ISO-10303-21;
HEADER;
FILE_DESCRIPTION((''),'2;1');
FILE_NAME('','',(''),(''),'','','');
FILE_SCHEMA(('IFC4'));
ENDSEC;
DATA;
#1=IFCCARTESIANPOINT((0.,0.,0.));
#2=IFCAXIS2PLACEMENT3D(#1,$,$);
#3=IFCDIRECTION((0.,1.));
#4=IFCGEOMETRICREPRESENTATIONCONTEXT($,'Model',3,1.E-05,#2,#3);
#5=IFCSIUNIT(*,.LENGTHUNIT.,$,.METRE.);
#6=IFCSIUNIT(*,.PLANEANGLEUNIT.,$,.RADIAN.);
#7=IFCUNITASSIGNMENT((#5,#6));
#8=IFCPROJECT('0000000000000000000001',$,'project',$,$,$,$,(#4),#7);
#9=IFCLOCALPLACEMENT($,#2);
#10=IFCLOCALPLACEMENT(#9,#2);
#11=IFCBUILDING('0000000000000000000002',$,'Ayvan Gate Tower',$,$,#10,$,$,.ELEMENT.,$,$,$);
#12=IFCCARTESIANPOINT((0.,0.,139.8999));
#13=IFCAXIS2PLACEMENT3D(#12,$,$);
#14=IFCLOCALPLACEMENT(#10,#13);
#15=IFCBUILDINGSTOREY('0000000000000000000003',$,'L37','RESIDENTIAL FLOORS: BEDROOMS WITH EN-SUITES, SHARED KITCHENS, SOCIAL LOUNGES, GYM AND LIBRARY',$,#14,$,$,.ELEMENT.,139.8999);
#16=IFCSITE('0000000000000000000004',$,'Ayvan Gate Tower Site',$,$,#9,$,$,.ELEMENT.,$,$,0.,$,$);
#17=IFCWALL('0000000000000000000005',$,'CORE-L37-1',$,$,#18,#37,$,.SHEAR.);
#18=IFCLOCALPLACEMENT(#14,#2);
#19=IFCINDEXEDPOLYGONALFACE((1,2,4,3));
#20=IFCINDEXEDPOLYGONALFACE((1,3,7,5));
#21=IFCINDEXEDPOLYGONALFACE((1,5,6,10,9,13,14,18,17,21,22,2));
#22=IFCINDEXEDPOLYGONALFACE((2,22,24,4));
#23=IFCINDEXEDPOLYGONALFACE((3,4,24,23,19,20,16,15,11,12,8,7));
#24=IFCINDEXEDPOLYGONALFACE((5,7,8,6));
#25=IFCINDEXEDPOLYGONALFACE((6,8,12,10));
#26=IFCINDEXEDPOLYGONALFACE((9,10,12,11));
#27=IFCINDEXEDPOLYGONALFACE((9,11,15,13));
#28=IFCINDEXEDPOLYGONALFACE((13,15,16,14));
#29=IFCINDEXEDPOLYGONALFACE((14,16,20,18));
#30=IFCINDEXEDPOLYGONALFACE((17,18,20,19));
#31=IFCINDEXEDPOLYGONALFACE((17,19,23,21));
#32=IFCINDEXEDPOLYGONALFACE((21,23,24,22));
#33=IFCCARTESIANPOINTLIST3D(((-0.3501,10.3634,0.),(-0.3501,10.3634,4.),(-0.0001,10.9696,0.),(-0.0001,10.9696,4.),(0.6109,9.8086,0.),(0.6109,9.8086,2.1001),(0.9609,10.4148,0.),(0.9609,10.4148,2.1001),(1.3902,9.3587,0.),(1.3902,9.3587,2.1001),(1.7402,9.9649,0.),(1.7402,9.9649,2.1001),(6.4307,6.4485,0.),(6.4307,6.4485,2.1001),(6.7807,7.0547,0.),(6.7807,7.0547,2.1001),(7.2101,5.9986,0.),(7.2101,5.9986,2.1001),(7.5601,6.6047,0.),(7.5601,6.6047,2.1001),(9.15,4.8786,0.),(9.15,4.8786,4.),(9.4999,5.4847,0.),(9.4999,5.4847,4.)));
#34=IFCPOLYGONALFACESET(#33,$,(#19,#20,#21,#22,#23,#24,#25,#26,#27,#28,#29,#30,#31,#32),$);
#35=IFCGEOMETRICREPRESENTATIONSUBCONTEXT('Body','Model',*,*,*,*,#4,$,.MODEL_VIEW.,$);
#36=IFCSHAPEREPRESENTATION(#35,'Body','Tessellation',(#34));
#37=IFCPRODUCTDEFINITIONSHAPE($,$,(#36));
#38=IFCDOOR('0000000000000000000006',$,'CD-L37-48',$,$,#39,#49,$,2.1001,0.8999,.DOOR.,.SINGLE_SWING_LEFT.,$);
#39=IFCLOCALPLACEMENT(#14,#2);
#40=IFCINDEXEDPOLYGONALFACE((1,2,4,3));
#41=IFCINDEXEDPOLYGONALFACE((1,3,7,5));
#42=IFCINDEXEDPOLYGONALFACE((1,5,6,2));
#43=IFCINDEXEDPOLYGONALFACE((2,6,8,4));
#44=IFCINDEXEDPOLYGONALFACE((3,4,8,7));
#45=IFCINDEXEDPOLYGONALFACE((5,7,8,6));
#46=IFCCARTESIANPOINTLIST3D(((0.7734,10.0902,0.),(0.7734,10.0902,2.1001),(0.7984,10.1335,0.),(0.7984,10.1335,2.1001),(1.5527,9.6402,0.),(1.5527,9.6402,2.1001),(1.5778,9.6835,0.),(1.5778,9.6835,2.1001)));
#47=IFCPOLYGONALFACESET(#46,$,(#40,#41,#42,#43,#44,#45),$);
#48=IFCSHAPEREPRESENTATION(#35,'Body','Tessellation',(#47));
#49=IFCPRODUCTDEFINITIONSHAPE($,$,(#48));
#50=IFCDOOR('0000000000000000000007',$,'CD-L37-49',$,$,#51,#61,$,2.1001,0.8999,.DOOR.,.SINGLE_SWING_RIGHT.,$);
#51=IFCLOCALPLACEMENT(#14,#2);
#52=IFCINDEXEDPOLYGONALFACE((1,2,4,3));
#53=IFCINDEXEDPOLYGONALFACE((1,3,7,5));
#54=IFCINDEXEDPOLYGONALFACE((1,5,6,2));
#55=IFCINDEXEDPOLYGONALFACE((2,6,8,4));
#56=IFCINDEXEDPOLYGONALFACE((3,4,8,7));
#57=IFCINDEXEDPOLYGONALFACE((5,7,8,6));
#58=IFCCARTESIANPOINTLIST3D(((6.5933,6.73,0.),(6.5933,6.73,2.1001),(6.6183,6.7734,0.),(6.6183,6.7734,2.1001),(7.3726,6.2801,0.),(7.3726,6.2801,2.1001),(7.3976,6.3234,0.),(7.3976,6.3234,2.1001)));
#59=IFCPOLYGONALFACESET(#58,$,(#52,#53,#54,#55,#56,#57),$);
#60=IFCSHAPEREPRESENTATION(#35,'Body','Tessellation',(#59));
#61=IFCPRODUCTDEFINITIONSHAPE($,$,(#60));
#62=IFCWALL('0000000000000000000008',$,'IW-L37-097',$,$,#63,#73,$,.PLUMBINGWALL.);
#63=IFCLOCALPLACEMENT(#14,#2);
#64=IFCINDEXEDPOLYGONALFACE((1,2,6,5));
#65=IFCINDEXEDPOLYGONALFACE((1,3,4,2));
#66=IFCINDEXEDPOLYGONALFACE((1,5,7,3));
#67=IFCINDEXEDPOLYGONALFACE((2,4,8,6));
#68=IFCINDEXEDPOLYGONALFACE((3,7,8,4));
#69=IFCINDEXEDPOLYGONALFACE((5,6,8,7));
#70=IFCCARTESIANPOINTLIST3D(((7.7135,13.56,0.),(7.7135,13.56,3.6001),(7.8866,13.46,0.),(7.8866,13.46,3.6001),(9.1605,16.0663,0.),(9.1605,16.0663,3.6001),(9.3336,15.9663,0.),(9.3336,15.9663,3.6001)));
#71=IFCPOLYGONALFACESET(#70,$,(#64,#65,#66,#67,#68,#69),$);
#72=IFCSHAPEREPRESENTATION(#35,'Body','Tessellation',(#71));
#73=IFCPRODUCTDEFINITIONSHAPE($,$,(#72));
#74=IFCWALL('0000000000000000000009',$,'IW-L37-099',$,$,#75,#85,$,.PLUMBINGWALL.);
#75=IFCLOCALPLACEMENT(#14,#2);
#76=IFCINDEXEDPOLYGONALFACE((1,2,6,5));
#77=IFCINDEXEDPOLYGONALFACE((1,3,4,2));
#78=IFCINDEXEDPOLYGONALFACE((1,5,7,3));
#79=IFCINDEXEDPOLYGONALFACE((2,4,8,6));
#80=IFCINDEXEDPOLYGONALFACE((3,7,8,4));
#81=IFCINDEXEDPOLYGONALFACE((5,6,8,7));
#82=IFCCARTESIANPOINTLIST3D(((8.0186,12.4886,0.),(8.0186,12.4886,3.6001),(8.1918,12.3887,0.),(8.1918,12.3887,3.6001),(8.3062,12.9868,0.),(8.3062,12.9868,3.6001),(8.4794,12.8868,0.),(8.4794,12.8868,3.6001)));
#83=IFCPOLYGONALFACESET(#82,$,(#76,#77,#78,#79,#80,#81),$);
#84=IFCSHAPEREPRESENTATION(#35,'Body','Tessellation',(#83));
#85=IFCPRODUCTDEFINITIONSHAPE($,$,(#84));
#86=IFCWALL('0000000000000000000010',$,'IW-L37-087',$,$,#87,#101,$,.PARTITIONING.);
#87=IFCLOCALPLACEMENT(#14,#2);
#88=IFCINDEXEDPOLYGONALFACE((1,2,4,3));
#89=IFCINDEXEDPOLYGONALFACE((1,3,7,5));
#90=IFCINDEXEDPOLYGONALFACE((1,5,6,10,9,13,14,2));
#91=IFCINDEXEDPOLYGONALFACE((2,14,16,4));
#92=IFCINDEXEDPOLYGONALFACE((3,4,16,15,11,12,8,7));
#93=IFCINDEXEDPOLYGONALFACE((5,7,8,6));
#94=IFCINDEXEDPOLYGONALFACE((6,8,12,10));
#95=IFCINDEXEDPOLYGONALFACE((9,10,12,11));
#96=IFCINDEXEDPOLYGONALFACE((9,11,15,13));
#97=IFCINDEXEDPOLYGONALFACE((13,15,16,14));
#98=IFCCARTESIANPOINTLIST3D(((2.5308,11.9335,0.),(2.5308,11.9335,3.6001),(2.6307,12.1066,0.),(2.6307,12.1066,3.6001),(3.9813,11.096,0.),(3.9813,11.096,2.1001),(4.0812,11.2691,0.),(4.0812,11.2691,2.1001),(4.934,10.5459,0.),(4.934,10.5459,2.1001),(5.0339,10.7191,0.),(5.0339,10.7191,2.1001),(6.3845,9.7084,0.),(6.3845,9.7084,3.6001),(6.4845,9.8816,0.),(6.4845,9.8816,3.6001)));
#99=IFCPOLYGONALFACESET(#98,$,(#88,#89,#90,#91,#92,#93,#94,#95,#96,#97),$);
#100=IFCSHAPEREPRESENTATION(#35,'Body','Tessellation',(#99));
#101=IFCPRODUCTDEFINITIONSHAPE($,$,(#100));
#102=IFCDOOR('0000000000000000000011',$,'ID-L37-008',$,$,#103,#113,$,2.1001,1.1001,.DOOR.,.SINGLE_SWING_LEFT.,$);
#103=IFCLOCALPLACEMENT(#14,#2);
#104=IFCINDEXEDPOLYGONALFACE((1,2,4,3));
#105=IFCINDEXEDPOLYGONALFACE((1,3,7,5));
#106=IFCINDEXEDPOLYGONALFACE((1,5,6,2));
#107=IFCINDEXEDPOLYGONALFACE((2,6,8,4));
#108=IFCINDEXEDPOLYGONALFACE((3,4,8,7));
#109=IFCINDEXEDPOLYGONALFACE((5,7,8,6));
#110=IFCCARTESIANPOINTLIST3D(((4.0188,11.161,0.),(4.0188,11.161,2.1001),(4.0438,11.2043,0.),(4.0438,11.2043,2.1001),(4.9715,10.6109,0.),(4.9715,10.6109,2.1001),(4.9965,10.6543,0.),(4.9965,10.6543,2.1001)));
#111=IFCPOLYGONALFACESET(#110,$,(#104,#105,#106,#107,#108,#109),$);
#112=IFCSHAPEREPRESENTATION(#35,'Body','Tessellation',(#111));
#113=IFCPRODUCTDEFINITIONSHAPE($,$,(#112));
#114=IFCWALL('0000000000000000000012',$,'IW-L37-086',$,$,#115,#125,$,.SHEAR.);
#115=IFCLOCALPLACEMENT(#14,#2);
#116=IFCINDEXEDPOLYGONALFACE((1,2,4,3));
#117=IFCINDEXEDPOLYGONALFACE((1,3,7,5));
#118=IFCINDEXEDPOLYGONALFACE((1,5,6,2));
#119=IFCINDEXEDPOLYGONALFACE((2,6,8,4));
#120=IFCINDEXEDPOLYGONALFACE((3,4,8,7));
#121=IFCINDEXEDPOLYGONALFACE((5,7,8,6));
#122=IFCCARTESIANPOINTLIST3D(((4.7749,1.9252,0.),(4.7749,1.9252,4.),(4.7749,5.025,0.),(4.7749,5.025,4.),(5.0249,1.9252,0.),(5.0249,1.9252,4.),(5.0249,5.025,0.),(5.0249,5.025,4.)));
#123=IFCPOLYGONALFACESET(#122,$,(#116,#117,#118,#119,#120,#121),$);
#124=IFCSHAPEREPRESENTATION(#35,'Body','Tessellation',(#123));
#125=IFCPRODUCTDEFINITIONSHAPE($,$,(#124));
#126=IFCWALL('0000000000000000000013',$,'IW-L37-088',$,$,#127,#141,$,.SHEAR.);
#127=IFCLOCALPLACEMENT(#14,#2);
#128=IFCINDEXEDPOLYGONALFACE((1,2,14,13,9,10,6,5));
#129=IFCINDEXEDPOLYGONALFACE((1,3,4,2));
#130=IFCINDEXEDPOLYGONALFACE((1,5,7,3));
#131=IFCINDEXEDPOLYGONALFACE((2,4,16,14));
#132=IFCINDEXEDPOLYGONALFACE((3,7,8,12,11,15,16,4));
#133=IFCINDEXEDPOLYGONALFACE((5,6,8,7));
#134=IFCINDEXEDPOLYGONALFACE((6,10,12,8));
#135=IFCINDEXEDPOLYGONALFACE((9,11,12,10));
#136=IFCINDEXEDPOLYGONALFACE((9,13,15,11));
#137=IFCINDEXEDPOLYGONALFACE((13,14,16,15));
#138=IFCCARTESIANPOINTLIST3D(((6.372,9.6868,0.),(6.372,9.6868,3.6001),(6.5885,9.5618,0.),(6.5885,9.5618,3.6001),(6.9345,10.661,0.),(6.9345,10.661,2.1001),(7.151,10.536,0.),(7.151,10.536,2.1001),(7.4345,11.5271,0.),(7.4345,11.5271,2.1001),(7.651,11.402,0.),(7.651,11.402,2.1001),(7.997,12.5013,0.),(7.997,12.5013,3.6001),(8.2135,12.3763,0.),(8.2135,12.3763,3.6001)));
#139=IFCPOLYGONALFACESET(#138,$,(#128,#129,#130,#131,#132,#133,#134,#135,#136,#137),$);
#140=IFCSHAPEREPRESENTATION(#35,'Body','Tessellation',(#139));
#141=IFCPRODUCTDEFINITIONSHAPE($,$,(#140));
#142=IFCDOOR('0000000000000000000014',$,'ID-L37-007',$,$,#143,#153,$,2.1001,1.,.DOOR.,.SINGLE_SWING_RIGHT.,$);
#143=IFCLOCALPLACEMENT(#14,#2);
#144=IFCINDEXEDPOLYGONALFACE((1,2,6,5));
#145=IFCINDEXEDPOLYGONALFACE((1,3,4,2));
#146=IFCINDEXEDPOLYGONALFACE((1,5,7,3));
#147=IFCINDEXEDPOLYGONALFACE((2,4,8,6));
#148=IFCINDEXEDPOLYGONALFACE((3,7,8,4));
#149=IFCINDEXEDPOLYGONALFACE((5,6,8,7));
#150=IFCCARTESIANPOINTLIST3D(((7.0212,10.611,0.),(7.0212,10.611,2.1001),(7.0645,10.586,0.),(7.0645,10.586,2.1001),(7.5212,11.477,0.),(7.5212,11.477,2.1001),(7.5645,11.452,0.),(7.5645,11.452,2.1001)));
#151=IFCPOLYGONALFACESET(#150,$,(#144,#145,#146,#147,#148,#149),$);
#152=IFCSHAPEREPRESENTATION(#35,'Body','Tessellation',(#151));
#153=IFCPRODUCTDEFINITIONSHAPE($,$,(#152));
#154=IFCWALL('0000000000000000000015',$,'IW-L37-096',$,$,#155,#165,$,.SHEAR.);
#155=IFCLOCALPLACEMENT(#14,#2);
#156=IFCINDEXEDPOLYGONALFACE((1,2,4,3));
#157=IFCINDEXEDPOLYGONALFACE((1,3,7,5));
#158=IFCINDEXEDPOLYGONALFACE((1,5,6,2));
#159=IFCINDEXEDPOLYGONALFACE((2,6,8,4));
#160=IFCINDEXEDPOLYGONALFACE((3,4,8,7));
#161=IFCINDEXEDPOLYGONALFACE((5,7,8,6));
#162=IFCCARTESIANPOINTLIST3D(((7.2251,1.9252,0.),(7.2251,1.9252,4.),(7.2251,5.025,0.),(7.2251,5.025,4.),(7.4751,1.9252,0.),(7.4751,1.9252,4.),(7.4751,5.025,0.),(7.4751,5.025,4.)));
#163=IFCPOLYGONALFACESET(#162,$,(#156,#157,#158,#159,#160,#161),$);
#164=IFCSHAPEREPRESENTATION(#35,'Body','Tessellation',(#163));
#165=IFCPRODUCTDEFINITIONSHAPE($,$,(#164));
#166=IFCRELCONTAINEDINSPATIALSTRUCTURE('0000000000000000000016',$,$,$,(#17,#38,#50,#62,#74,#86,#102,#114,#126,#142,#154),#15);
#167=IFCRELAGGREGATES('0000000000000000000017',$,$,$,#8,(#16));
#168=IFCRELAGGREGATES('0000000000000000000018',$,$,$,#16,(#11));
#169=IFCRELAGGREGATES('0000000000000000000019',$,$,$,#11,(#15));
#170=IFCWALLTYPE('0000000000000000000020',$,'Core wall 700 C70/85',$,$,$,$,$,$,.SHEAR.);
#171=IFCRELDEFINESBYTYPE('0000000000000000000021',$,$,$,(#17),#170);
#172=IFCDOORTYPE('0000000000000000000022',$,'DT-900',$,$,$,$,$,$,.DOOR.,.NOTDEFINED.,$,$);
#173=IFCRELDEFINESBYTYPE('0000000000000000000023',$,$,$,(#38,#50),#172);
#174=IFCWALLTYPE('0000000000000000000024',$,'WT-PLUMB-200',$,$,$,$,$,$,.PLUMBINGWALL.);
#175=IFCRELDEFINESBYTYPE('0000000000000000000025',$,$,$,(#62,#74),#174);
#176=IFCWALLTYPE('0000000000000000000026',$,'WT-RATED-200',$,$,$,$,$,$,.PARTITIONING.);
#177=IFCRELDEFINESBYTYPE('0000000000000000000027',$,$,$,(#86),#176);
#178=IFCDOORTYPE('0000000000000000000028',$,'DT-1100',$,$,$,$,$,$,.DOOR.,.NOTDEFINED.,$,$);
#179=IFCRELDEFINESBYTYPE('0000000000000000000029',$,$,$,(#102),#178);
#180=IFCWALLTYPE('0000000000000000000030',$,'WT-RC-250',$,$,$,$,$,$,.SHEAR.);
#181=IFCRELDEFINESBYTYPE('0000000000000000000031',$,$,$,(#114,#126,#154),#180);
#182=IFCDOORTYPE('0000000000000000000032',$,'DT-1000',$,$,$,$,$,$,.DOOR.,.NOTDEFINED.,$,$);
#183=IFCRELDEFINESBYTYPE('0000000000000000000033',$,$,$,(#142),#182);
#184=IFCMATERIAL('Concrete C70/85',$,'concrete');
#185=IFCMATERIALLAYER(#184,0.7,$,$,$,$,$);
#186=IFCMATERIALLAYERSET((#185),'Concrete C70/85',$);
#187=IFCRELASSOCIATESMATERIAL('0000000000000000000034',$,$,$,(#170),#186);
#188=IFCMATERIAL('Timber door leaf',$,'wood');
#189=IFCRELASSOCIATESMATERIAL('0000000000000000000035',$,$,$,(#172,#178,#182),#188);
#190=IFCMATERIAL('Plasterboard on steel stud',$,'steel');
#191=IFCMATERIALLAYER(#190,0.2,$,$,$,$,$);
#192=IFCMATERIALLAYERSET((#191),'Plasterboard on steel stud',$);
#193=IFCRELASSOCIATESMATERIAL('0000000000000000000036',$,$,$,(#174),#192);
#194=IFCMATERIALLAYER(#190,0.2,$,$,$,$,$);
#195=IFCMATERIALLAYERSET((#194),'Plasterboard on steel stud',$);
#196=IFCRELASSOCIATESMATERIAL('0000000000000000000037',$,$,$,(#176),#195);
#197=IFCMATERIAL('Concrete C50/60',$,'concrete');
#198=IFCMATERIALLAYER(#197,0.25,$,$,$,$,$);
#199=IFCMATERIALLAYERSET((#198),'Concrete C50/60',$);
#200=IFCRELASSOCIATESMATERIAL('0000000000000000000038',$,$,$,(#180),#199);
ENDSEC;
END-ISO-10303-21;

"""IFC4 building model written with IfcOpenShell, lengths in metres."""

from ifc_helpers import new_model, si_unit, direction, frame, frame_2d, origin, place, context, subcontext, project, spatial, rectangle, extrude, material, layer, layer_set, type_object, element, fill, save


model = new_model("IFC4")

# Units and contexts
model_context = context("Model", 3, precision=1e-05, world=origin(), true_north=direction((0.0, 1.0)))
body_context = subcontext(model_context, "Body", "Model", "MODEL_VIEW")
ifc_project = project(units=[si_unit("LENGTHUNIT", "METRE"), si_unit("PLANEANGLEUNIT", "RADIAN")], contexts=[model_context])

# Site, building, storey
site_placement = place(None, origin())
site = spatial("IfcSite", under=ifc_project, at=site_placement, Name="Ayvan Gate Tower Site", CompositionType="ELEMENT", RefElevation=0.0)
building_placement = place(site_placement, origin())
building = spatial("IfcBuilding", under=site, at=building_placement, Name="Ayvan Gate Tower", CompositionType="ELEMENT")
storey_placement = place(building_placement, frame((0.0, 0.0, 139.8999)))
storey = spatial("IfcBuildingStorey", under=building, at=storey_placement, Name="L37", Description="RESIDENTIAL FLOORS: BEDROOMS WITH EN-SUITES, SHARED KITCHENS, SOCIAL LOUNGES, GYM AND LIBRARY", CompositionType="ELEMENT", Elevation=139.8999)

# Wall, openings, doors
ifc_material_1 = material(Name="Concrete C70/85", Category="concrete")
ifc_layer_1 = layer(ifc_material_1, 0.7)
ifc_layer_set_1 = layer_set([ifc_layer_1], Name="Concrete C70/85")
wall_type_1 = type_object("IfcWallType", Name="Core wall 700 C70/85", PredefinedType="SHEAR", material=ifc_layer_set_1)
wall_1_placement = place(storey_placement, frame((9.325, 5.1816, 0.0), z_axis=(0.0, 0.0, 1.0), x_axis=(-0.866024, 0.500002, 0.0)))
wall_1 = element("IfcWall", 1, at=wall_1_placement, inside=storey, type_object=wall_type_1, Name="CORE-L37-1", PredefinedType="SHEAR", context=body_context, shape_type="SweptSolid", body=[
    extrude(rectangle(XDim=10.9697, YDim=0.7, at=frame_2d((5.4849, 0.0))), origin(), (0.0, 0.0, 1.0), 4.0),
])
opening_1_placement = place(wall_1_placement, frame((8.9602, 0.0, 0.0)))
opening_1 = element("IfcOpeningElement", 2, at=opening_1_placement, cuts=wall_1, PredefinedType="OPENING", context=body_context, shape_type="SweptSolid", body=[
    extrude(rectangle(XDim=0.8999, YDim=2.1001, at=frame_2d((0.45, 1.05))), frame((0.0, 0.3599, 0.0), z_axis=(0.0, -1.0, 0.0), x_axis=(1.0, 0.0, 0.0)), (0.0, 0.0, 1.0), 0.72),
])
opening_2_placement = place(wall_1_placement, frame((2.24, 0.0, 0.0)))
opening_2 = element("IfcOpeningElement", 3, at=opening_2_placement, cuts=wall_1, PredefinedType="OPENING", context=body_context, shape_type="SweptSolid", body=[
    extrude(rectangle(XDim=0.8999, YDim=2.1001, at=frame_2d((0.45, 1.05))), frame((0.0, 0.3599, 0.0), z_axis=(0.0, -1.0, 0.0), x_axis=(1.0, 0.0, 0.0)), (0.0, 0.0, 1.0), 0.72),
])
ifc_material_2 = material(Name="Timber door leaf", Category="wood")
door_type_1 = type_object("IfcDoorType", Name="DT-900", OperationType="NOTDEFINED", PredefinedType="DOOR", material=ifc_material_2)
door_1_placement = place(opening_1_placement, origin())
door_1 = element("IfcDoor", 4, at=door_1_placement, inside=storey, type_object=door_type_1, Name="CD-L37-48", OperationType="SINGLE_SWING_LEFT", OverallHeight=2.1001, OverallWidth=0.8999, PredefinedType="DOOR", context=body_context, shape_type="SweptSolid", body=[
    extrude(rectangle(XDim=0.8999, YDim=2.1001, at=frame_2d((0.45, 1.05))), frame((0.0, 0.0249, 0.0), z_axis=(0.0, -1.0, 0.0), x_axis=(1.0, 0.0, 0.0)), (0.0, 0.0, 1.0), 0.05),
])
fill(opening_1, door_1)
door_2_placement = place(opening_2_placement, origin())
door_2 = element("IfcDoor", 5, at=door_2_placement, inside=storey, type_object=door_type_1, Name="CD-L37-49", OperationType="SINGLE_SWING_RIGHT", OverallHeight=2.1001, OverallWidth=0.8999, PredefinedType="DOOR", context=body_context, shape_type="SweptSolid", body=[
    extrude(rectangle(XDim=0.8999, YDim=2.1001, at=frame_2d((0.45, 1.05))), frame((0.0, 0.0249, 0.0), z_axis=(0.0, -1.0, 0.0), x_axis=(1.0, 0.0, 0.0)), (0.0, 0.0, 1.0), 0.05),
])
fill(opening_2, door_2)

# Walls
ifc_material_3 = material(Name="Plasterboard on steel stud", Category="steel")
ifc_layer_2 = layer(ifc_material_3, 0.2)
ifc_layer_set_2 = layer_set([ifc_layer_2], Name="Plasterboard on steel stud")
wall_type_2 = type_object("IfcWallType", Name="WT-PLUMB-200", PredefinedType="PLUMBINGWALL", material=ifc_layer_set_2)
wall_2_placement = place(storey_placement, frame((7.8, 13.51, 0.0), z_axis=(0.0, 0.0, 1.0), x_axis=(0.499995, 0.866028, 0.0)))
element("IfcWall", 6, at=wall_2_placement, inside=storey, type_object=wall_type_2, Name="IW-L37-097", PredefinedType="PLUMBINGWALL", context=body_context, shape_type="SweptSolid", body=[
    extrude(rectangle(XDim=2.894, YDim=0.2, at=frame_2d((1.447, 0.0))), origin(), (0.0, 0.0, 1.0), 3.6001),
])
wall_3_placement = place(storey_placement, frame((8.3928, 12.9368, 0.0), z_axis=(0.0, 0.0, 1.0), x_axis=(-0.500065, -0.865988, 0.0)))
element("IfcWall", 7, at=wall_3_placement, inside=storey, type_object=wall_type_2, Name="IW-L37-099", PredefinedType="PLUMBINGWALL", context=body_context, shape_type="SweptSolid", body=[
    extrude(rectangle(XDim=0.5752, YDim=0.2, at=frame_2d((0.2876, 0.0))), origin(), (0.0, 0.0, 1.0), 3.6001),
])

# Wall, opening, door
ifc_layer_3 = layer(ifc_material_3, 0.2)
ifc_layer_set_3 = layer_set([ifc_layer_3], Name="Plasterboard on steel stud")
wall_type_3 = type_object("IfcWallType", Name="WT-RATED-200", PredefinedType="PARTITIONING", material=ifc_layer_set_3)
wall_4_placement = place(storey_placement, frame((6.4346, 9.7949, 0.0), z_axis=(0.0, 0.0, 1.0), x_axis=(-0.866013, 0.500022, 0.0)))
wall_4 = element("IfcWall", 8, at=wall_4_placement, inside=storey, type_object=wall_type_3, Name="IW-L37-087", PredefinedType="PARTITIONING", context=body_context, shape_type="SweptSolid", body=[
    extrude(rectangle(XDim=4.45, YDim=0.2, at=frame_2d((2.2251, 0.0))), origin(), (0.0, 0.0, 1.0), 3.6001),
])
opening_3_placement = place(wall_4_placement, frame((1.675, 0.0, 0.0)))
opening_3 = element("IfcOpeningElement", 9, at=opening_3_placement, cuts=wall_4, PredefinedType="OPENING", context=body_context, shape_type="SweptSolid", body=[
    extrude(rectangle(XDim=1.1001, YDim=2.1001, at=frame_2d((0.55, 1.05))), frame((0.0, 0.1099, 0.0), z_axis=(0.0, -1.0, 0.0), x_axis=(1.0, 0.0, 0.0)), (0.0, 0.0, 1.0), 0.22),
])
door_type_2 = type_object("IfcDoorType", Name="DT-1100", OperationType="NOTDEFINED", PredefinedType="DOOR", material=ifc_material_2)
door_3_placement = place(opening_3_placement, origin())
door_3 = element("IfcDoor", 10, at=door_3_placement, inside=storey, type_object=door_type_2, Name="ID-L37-008", OperationType="SINGLE_SWING_LEFT", OverallHeight=2.1001, OverallWidth=1.1001, PredefinedType="DOOR", context=body_context, shape_type="SweptSolid", body=[
    extrude(rectangle(XDim=1.1001, YDim=2.1001, at=frame_2d((0.55, 1.05))), frame((0.0, 0.0249, 0.0), z_axis=(0.0, -1.0, 0.0), x_axis=(1.0, 0.0, 0.0)), (0.0, 0.0, 1.0), 0.05),
])
fill(opening_3, door_3)

# Wall
ifc_material_4 = material(Name="Concrete C50/60", Category="concrete")
ifc_layer_4 = layer(ifc_material_4, 0.25)
ifc_layer_set_4 = layer_set([ifc_layer_4], Name="Concrete C50/60")
wall_type_4 = type_object("IfcWallType", Name="WT-RC-250", PredefinedType="SHEAR", material=ifc_layer_set_4)
wall_5_placement = place(storey_placement, frame((4.8999, 5.0249, 0.0), z_axis=(0.0, 0.0, 1.0), x_axis=(0.0, -1.0, 0.0)))
element("IfcWall", 11, at=wall_5_placement, inside=storey, type_object=wall_type_4, Name="IW-L37-086", PredefinedType="SHEAR", context=body_context, shape_type="SweptSolid", body=[
    extrude(rectangle(XDim=3.0999, YDim=0.25, at=frame_2d((1.5498, 0.0))), origin(), (0.0, 0.0, 1.0), 4.0),
])

# Wall, opening, door
wall_6_placement = place(storey_placement, frame((6.4802, 9.6243, 0.0), z_axis=(0.0, 0.0, 1.0), x_axis=(0.500017, 0.866015, 0.0)))
wall_6 = element("IfcWall", 12, at=wall_6_placement, inside=storey, type_object=wall_type_4, Name="IW-L37-088", PredefinedType="SHEAR", context=body_context, shape_type="SweptSolid", body=[
    extrude(rectangle(XDim=3.25, YDim=0.25, at=frame_2d((1.625, 0.0))), origin(), (0.0, 0.0, 1.0), 3.6001),
])
opening_4_placement = place(wall_6_placement, frame((1.125, 0.0, 0.0)))
opening_4 = element("IfcOpeningElement", 13, at=opening_4_placement, cuts=wall_6, PredefinedType="OPENING", context=body_context, shape_type="SweptSolid", body=[
    extrude(rectangle(XDim=1.0, YDim=2.1001, at=frame_2d((0.5, 1.05))), frame((0.0, 0.135, 0.0), z_axis=(0.0, -1.0, 0.0), x_axis=(1.0, 0.0, 0.0)), (0.0, 0.0, 1.0), 0.27),
])
door_type_3 = type_object("IfcDoorType", Name="DT-1000", OperationType="NOTDEFINED", PredefinedType="DOOR", material=ifc_material_2)
door_4_placement = place(opening_4_placement, origin())
door_4 = element("IfcDoor", 14, at=door_4_placement, inside=storey, type_object=door_type_3, Name="ID-L37-007", OperationType="SINGLE_SWING_RIGHT", OverallHeight=2.1001, OverallWidth=1.0, PredefinedType="DOOR", context=body_context, shape_type="SweptSolid", body=[
    extrude(rectangle(XDim=1.0, YDim=2.1001, at=frame_2d((0.5, 1.05))), frame((0.0, 0.0249, 0.0), z_axis=(0.0, -1.0, 0.0), x_axis=(1.0, 0.0, 0.0)), (0.0, 0.0, 1.0), 0.05),
])
fill(opening_4, door_4)

# Wall
wall_7_placement = place(storey_placement, frame((7.3501, 5.0249, 0.0), z_axis=(0.0, 0.0, 1.0), x_axis=(0.0, -1.0, 0.0)))
element("IfcWall", 15, at=wall_7_placement, inside=storey, type_object=wall_type_4, Name="IW-L37-096", PredefinedType="SHEAR", context=body_context, shape_type="SweptSolid", body=[
    extrude(rectangle(XDim=3.0999, YDim=0.25, at=frame_2d((1.5498, 0.0))), origin(), (0.0, 0.0, 1.0), 4.0),
])

save(model, "model.ifc")
